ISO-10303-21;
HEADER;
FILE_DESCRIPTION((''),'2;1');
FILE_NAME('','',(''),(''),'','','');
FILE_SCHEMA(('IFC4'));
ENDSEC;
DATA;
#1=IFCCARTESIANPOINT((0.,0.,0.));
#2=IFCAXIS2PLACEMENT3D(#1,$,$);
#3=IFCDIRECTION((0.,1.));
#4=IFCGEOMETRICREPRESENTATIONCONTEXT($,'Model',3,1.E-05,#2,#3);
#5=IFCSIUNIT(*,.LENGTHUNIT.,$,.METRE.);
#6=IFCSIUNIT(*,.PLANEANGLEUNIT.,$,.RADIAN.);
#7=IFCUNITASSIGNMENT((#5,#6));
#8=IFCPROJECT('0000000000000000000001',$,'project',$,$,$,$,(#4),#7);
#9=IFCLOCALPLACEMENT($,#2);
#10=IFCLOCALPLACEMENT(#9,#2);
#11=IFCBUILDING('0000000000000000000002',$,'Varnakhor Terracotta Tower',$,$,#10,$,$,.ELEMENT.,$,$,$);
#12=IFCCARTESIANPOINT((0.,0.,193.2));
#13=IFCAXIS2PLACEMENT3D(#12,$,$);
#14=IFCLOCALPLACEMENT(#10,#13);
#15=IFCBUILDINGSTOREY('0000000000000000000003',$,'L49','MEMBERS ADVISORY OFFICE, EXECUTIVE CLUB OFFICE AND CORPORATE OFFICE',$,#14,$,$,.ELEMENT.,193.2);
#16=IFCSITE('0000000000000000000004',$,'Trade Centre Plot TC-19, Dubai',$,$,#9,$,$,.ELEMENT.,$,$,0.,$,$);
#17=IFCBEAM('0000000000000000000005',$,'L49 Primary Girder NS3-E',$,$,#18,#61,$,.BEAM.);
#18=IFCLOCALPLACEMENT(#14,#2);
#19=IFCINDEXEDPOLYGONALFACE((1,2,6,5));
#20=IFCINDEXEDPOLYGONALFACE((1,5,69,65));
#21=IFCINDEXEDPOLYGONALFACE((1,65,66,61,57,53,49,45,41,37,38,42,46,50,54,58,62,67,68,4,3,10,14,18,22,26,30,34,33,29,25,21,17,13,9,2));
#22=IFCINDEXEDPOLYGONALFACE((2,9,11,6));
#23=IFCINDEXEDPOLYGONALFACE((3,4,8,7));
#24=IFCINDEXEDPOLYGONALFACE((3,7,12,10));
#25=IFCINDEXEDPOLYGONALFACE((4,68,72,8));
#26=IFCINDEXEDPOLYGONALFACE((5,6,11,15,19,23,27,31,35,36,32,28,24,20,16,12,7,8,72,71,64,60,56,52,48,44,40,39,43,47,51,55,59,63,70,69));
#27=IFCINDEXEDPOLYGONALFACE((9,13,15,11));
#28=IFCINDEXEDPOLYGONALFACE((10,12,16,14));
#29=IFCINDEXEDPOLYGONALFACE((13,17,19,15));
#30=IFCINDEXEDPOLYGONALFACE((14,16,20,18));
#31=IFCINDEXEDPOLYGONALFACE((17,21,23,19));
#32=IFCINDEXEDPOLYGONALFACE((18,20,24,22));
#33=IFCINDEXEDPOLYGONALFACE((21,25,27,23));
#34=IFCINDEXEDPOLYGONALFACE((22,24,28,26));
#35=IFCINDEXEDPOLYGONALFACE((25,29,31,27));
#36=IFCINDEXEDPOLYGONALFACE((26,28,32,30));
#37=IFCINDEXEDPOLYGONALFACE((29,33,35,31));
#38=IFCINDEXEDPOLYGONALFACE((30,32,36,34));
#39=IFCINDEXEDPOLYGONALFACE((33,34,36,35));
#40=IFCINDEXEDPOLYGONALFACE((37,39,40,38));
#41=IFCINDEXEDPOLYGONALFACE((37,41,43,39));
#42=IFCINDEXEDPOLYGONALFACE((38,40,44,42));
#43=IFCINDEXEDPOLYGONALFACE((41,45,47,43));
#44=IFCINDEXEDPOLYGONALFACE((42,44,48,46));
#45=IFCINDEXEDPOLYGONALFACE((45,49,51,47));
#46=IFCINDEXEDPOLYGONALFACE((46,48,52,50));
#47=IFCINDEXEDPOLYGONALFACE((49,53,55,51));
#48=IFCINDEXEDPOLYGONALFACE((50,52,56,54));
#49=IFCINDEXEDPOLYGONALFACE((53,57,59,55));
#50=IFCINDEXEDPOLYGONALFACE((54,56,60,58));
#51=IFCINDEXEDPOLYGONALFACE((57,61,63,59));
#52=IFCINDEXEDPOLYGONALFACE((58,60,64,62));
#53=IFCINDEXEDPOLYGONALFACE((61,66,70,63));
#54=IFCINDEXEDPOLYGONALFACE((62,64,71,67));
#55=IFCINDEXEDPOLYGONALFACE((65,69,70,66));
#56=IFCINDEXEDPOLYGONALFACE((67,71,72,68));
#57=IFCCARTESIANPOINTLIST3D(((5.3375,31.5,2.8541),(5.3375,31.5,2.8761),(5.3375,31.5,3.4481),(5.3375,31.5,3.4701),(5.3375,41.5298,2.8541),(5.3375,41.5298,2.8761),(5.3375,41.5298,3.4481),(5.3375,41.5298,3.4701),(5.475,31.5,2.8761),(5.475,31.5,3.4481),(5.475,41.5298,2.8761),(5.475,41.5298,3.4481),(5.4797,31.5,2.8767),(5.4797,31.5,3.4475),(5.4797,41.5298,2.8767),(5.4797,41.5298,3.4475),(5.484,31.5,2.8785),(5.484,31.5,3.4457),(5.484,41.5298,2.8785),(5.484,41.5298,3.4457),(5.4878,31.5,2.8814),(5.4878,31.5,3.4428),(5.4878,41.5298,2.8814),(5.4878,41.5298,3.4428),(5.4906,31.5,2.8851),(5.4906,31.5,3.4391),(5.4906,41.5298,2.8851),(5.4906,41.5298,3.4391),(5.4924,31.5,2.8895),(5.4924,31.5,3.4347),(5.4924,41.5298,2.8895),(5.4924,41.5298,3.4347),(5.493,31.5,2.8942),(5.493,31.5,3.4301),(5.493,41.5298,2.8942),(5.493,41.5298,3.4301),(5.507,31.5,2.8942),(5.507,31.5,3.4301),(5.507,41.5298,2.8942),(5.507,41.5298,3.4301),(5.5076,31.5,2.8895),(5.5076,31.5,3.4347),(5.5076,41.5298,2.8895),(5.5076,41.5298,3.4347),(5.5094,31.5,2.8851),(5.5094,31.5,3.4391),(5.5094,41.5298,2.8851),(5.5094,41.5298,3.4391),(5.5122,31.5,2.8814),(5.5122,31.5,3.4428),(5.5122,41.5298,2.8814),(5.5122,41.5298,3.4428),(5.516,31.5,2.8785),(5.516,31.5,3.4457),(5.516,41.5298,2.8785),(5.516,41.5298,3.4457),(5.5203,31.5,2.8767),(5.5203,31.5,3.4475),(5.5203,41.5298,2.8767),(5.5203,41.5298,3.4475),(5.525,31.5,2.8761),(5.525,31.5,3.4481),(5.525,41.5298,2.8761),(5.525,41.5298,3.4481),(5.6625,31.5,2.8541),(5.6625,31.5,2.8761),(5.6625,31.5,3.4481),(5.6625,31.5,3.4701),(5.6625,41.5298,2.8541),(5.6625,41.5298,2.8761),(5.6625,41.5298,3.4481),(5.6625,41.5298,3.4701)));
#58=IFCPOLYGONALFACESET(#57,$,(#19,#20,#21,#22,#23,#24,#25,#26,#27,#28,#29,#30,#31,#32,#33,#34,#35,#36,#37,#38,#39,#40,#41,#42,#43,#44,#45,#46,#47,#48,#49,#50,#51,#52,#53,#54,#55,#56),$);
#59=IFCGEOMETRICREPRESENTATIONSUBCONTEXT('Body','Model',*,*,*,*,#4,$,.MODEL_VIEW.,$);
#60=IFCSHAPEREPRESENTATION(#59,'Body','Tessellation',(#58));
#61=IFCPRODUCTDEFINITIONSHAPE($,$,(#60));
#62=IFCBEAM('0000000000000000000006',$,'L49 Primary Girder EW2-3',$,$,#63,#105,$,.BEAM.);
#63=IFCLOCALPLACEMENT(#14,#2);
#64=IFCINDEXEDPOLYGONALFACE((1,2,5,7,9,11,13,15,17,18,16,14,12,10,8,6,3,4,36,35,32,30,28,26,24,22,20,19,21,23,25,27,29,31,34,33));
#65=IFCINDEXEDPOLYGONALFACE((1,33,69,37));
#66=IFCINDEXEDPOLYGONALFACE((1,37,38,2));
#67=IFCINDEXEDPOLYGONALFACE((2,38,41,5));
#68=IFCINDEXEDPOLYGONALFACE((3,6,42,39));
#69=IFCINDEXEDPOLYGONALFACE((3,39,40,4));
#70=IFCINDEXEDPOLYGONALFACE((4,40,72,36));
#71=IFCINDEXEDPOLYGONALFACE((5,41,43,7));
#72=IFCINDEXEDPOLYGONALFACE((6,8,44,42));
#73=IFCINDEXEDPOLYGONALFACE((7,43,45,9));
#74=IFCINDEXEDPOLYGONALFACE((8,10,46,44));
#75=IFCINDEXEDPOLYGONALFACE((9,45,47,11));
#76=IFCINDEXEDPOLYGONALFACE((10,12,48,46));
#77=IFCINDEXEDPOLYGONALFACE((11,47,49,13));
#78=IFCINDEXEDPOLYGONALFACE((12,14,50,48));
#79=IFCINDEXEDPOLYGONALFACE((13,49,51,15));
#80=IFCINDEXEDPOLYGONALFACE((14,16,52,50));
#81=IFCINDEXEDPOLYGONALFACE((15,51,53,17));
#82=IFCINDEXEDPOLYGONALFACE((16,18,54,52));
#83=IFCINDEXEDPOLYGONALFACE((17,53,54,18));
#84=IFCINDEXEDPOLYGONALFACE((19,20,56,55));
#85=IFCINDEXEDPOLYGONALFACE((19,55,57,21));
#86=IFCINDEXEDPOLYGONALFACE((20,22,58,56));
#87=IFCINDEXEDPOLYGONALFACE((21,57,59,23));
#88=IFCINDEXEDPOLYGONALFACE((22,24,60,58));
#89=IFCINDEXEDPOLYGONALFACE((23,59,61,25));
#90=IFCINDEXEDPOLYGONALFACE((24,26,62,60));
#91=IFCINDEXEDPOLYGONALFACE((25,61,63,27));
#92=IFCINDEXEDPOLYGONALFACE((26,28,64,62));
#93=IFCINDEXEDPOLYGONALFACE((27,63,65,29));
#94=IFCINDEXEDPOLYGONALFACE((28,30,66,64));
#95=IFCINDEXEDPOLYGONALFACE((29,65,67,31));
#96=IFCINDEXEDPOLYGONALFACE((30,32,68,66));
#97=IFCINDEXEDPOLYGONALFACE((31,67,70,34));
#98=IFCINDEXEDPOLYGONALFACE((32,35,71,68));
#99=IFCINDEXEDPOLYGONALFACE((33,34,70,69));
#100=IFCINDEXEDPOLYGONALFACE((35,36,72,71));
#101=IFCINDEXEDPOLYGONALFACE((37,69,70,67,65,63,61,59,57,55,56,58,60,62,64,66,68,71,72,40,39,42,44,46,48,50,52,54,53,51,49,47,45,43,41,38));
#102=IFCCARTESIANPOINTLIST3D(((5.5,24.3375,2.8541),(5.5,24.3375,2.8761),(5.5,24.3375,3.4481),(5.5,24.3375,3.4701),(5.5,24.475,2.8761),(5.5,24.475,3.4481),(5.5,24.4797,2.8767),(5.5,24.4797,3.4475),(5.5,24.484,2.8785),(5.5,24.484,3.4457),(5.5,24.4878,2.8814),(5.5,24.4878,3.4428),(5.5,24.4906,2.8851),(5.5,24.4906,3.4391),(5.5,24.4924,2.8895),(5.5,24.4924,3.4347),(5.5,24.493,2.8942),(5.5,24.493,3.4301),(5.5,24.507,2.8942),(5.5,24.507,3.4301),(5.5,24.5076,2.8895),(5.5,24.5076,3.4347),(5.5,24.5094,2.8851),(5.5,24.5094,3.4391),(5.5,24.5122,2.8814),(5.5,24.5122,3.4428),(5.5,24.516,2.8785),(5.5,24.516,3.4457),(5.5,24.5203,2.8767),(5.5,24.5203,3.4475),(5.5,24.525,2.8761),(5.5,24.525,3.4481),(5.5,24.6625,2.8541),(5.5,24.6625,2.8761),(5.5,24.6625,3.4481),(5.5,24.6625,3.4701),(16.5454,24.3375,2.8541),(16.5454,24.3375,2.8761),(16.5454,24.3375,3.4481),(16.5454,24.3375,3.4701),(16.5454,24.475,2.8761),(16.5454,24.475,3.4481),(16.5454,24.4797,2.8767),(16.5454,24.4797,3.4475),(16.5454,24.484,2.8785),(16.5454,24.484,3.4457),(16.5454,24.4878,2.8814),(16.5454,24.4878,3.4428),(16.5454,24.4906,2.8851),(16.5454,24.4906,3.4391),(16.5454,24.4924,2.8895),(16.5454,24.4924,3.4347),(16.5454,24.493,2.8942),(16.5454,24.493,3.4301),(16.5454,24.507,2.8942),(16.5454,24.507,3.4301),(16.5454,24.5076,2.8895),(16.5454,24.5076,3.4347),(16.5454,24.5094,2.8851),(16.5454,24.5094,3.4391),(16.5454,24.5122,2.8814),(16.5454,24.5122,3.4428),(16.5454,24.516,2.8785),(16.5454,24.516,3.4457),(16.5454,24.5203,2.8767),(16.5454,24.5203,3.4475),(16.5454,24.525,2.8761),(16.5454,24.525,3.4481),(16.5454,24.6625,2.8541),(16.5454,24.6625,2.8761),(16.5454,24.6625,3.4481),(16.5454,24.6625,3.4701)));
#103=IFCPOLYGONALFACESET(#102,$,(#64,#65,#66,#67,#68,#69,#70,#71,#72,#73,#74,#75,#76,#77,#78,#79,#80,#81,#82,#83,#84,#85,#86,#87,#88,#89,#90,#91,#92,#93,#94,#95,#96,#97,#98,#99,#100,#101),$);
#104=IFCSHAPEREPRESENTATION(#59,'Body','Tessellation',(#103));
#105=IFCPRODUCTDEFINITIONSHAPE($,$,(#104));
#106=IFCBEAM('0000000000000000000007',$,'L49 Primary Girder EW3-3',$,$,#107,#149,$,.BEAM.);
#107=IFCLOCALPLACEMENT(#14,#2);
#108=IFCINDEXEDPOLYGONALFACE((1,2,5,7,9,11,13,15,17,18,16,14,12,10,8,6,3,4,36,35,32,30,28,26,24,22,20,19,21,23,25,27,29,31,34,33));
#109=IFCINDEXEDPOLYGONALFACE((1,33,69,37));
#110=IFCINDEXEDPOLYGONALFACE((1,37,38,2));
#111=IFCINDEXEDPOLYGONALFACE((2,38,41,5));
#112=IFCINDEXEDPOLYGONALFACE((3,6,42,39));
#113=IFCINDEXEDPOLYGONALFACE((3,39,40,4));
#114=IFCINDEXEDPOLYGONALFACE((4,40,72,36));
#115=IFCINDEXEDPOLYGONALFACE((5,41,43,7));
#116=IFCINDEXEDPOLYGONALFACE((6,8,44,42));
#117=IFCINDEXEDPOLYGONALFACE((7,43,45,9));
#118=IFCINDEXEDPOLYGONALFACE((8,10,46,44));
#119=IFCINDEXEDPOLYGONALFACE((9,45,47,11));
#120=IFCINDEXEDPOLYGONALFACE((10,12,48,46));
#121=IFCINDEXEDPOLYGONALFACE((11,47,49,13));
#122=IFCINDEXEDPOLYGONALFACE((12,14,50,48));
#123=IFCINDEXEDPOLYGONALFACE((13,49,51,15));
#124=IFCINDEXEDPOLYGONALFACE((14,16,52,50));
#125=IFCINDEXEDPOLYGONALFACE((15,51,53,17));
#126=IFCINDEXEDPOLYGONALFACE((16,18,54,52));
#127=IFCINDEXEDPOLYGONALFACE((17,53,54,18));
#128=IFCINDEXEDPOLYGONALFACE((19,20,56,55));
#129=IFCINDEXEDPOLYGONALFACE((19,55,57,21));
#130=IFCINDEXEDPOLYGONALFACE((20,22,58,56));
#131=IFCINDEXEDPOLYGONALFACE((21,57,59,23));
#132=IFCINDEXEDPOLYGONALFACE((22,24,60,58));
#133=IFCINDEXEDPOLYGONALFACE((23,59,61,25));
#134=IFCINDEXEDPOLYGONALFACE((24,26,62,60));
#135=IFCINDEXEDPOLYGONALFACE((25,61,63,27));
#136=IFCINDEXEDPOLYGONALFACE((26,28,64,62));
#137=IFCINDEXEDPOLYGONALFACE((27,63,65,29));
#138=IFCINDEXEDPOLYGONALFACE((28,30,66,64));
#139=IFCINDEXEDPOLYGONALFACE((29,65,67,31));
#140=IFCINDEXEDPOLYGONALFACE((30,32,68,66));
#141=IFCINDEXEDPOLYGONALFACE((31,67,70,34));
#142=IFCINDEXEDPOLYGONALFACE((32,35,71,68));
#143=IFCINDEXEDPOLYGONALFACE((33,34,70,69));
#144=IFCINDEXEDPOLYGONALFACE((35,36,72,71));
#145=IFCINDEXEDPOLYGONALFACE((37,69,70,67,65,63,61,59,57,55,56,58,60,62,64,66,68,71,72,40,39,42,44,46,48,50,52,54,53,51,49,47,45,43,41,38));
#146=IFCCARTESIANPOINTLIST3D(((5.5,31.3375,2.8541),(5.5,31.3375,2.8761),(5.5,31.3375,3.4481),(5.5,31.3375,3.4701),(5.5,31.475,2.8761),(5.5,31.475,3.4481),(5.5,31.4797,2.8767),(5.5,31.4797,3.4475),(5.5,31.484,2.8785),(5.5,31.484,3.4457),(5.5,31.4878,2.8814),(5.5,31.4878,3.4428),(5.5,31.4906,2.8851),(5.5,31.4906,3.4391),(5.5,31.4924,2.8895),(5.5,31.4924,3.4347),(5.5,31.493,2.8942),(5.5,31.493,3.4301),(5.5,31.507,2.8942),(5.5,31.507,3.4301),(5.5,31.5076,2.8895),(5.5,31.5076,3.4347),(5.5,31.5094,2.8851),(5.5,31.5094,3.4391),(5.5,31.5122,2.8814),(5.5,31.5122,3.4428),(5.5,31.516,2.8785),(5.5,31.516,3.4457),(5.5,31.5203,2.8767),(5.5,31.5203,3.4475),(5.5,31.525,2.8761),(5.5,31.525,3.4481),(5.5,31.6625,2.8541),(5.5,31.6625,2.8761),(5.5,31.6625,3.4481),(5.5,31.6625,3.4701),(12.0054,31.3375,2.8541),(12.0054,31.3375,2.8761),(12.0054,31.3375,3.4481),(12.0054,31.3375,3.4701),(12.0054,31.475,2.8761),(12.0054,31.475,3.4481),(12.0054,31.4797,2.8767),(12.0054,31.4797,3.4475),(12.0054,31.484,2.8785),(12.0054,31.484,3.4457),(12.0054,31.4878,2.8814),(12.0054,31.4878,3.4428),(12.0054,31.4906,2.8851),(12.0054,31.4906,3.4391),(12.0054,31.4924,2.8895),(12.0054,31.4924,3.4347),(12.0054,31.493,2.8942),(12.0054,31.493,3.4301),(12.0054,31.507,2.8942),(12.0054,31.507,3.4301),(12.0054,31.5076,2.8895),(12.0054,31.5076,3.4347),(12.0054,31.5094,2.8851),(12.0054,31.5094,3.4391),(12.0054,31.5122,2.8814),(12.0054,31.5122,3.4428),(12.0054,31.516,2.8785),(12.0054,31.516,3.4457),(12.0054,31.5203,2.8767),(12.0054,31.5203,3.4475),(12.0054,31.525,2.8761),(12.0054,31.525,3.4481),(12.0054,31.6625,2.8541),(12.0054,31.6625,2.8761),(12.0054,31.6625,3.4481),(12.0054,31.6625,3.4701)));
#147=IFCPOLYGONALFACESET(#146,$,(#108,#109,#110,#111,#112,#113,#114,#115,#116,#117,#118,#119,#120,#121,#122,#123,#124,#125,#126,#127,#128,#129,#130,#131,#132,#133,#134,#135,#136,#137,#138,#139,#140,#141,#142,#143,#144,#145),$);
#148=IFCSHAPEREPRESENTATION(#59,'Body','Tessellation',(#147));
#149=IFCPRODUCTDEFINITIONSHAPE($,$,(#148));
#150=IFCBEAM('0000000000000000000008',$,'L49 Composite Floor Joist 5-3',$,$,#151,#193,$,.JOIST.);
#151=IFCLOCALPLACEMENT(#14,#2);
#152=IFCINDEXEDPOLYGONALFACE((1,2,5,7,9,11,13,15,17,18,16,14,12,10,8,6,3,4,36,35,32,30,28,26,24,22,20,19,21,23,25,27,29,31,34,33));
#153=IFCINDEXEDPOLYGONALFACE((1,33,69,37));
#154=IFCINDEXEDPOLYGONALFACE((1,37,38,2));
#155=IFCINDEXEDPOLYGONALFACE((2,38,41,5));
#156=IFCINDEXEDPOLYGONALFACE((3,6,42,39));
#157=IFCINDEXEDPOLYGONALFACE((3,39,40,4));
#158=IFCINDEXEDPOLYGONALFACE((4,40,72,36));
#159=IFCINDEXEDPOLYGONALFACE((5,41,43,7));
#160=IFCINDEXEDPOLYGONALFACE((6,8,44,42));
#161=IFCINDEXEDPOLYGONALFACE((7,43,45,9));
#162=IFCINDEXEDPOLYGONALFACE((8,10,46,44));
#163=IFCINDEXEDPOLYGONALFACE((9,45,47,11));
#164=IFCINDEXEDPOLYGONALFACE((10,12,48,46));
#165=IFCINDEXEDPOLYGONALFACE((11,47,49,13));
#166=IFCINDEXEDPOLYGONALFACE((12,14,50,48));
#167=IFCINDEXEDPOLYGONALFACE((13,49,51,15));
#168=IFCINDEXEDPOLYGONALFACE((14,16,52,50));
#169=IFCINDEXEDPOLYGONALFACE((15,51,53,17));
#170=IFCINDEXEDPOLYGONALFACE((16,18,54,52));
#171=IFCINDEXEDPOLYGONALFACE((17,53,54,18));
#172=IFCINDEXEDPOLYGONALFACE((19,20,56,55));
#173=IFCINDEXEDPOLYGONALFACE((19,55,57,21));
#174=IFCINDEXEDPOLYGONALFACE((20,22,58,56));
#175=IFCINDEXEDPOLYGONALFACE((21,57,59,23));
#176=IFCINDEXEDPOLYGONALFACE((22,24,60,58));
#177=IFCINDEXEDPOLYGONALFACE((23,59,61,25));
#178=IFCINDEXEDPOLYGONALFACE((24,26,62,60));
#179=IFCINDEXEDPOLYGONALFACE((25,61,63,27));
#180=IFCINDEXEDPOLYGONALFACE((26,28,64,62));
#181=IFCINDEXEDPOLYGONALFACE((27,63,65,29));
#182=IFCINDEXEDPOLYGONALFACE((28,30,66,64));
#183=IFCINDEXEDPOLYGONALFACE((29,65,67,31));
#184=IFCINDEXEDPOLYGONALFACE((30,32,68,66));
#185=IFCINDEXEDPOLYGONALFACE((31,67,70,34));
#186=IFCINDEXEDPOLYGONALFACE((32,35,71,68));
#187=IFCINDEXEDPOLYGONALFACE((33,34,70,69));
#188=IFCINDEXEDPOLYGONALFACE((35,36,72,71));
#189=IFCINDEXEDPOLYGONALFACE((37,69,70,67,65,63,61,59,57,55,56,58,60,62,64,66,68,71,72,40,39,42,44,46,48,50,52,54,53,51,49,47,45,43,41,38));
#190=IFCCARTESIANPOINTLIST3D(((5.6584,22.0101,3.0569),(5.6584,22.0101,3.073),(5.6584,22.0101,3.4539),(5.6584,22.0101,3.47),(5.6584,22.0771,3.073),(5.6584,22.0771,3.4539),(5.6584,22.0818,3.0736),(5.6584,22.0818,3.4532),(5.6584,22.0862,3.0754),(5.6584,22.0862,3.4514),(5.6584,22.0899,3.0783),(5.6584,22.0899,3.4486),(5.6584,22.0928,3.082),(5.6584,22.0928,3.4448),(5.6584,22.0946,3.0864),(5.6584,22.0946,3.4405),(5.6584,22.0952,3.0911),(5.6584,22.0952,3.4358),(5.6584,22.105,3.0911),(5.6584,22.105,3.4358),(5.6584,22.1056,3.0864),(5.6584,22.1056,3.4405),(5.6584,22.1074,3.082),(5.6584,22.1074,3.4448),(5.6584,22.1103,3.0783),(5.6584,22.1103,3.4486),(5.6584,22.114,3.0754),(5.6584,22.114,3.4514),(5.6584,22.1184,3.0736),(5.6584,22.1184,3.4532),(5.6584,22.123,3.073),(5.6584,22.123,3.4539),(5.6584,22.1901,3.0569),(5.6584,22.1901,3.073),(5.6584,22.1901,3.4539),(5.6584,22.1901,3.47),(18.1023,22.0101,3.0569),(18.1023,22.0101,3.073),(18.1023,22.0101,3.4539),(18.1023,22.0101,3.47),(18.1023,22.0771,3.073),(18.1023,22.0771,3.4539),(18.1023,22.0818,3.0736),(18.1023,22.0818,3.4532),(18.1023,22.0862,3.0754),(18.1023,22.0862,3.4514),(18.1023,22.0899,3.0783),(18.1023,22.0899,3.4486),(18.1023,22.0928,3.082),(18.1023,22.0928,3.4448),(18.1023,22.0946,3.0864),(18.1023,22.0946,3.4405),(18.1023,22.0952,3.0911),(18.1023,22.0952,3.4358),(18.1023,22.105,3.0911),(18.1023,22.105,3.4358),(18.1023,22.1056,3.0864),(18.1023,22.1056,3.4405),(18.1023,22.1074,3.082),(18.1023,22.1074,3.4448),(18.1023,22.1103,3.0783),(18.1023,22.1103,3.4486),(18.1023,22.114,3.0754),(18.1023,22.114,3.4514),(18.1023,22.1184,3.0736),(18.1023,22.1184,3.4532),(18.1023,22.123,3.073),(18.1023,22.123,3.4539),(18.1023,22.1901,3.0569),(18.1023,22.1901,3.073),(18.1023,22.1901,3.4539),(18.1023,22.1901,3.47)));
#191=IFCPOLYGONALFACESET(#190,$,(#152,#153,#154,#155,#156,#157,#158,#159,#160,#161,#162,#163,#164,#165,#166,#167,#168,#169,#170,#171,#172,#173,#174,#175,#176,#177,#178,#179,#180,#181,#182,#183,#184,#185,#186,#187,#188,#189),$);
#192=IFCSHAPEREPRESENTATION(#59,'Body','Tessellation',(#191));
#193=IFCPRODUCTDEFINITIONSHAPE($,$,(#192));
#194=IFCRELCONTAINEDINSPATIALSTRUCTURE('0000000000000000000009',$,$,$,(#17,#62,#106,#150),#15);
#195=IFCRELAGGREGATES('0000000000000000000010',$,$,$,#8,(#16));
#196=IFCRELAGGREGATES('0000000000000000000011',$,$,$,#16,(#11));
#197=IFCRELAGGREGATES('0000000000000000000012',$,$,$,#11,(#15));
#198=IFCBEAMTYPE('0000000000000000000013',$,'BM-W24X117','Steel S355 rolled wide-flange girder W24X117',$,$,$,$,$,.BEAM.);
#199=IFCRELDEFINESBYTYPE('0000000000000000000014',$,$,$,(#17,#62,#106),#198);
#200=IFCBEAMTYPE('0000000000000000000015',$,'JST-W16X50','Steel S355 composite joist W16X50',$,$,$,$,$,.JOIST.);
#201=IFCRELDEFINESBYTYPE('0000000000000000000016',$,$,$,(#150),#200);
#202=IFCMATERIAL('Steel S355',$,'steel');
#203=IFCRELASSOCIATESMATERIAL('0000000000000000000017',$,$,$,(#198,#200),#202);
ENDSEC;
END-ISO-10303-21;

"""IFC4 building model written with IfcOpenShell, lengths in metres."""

from ifc_helpers import new_model, si_unit, direction, frame, origin, origin_2d, place, context, subcontext, project, spatial, i_section, extrude, source, transform, mapped, material, material_profile, profile_set, type_object, element, save


model = new_model("IFC4")

# Units and contexts
model_context = context("Model", 3, precision=1e-05, world=origin(), true_north=direction((0.0, 1.0)))
body_context = subcontext(model_context, "Body", "Model", "MODEL_VIEW")
ifc_project = project(units=[si_unit("LENGTHUNIT", "METRE"), si_unit("PLANEANGLEUNIT", "RADIAN")], contexts=[model_context])

# Site, building, storey
site_placement = place(None, origin())
site = spatial("IfcSite", under=ifc_project, at=site_placement, Name="Trade Centre Plot TC-19, Dubai", CompositionType="ELEMENT", RefElevation=0.0)
building_placement = place(site_placement, origin())
building = spatial("IfcBuilding", under=site, at=building_placement, Name="Varnakhor Terracotta Tower", CompositionType="ELEMENT")
storey_placement = place(building_placement, frame((0.0, 0.0, 193.2)))
storey = spatial("IfcBuildingStorey", under=building, at=storey_placement, Name="L49", Description="MEMBERS ADVISORY OFFICE, EXECUTIVE CLUB OFFICE AND CORPORATE OFFICE", CompositionType="ELEMENT", Elevation=193.2)

# Beams
ifc_material_1 = material(Name="Steel S355", Category="steel")
ifc_material_profile_1 = material_profile(ifc_material_1, i_section(OverallWidth=0.325, OverallDepth=0.616, WebThickness=0.0139, FlangeThickness=0.022, FilletRadius=0.0181, at=origin_2d()), Name="W24X117")
ifc_profile_set_1 = profile_set([ifc_material_profile_1], Name="Steel S355")
beam_type_1 = type_object("IfcBeamType", Name="BM-W24X117", Description="Steel S355 rolled wide-flange girder W24X117", PredefinedType="BEAM", material=ifc_profile_set_1)
shared_shape_1 = source(origin(), body_context, "Body", "SweptSolid", [
    extrude(i_section(OverallWidth=0.325, OverallDepth=0.616, WebThickness=0.0139, FlangeThickness=0.022, FilletRadius=0.0181, at=origin_2d()), origin(), (0.0, 0.0, 1.0), 10.0298),
])
beam_1_placement = place(storey_placement, frame((5.5, 31.5, 3.1621), z_axis=(0.0, 1.0, 0.0), x_axis=(-1.0, 0.0, 0.0)))
element("IfcBeam", 1, at=beam_1_placement, inside=storey, type_object=beam_type_1, Name="L49 Primary Girder NS3-E", PredefinedType="BEAM", context=body_context, shape_type="MappedRepresentation", body=[
    mapped(shared_shape_1, transform((0.0, 0.0, 0.0), scale=1.0)),
])
shared_shape_2 = source(origin(), body_context, "Body", "SweptSolid", [
    extrude(i_section(OverallWidth=0.325, OverallDepth=0.616, WebThickness=0.0139, FlangeThickness=0.022, FilletRadius=0.0181, at=origin_2d()), origin(), (0.0, 0.0, 1.0), 11.0454),
])
beam_2_placement = place(storey_placement, frame((5.5, 24.5, 3.1621), z_axis=(1.0, 0.0, 0.0), x_axis=(0.0, 1.0, 0.0)))
element("IfcBeam", 2, at=beam_2_placement, inside=storey, type_object=beam_type_1, Name="L49 Primary Girder EW2-3", PredefinedType="BEAM", context=body_context, shape_type="MappedRepresentation", body=[
    mapped(shared_shape_2, transform((0.0, 0.0, 0.0), scale=1.0)),
])
shared_shape_3 = source(origin(), body_context, "Body", "SweptSolid", [
    extrude(i_section(OverallWidth=0.325, OverallDepth=0.616, WebThickness=0.0139, FlangeThickness=0.022, FilletRadius=0.0181, at=origin_2d()), origin(), (0.0, 0.0, 1.0), 6.5054),
])
beam_3_placement = place(storey_placement, frame((5.5, 31.5, 3.1621), z_axis=(1.0, 0.0, 0.0), x_axis=(0.0, 1.0, 0.0)))
element("IfcBeam", 3, at=beam_3_placement, inside=storey, type_object=beam_type_1, Name="L49 Primary Girder EW3-3", PredefinedType="BEAM", context=body_context, shape_type="MappedRepresentation", body=[
    mapped(shared_shape_3, transform((0.0, 0.0, 0.0), scale=1.0)),
])
ifc_material_profile_2 = material_profile(ifc_material_1, i_section(OverallWidth=0.1799, OverallDepth=0.4131, WebThickness=0.0098, FlangeThickness=0.0161, FilletRadius=0.0181, at=origin_2d()), Name="W16X50")
ifc_profile_set_2 = profile_set([ifc_material_profile_2], Name="Steel S355")
beam_type_2 = type_object("IfcBeamType", Name="JST-W16X50", Description="Steel S355 composite joist W16X50", PredefinedType="JOIST", material=ifc_profile_set_2)
shared_shape_4 = source(origin(), body_context, "Body", "SweptSolid", [
    extrude(i_section(OverallWidth=0.1799, OverallDepth=0.4131, WebThickness=0.0098, FlangeThickness=0.0161, FilletRadius=0.0181, at=origin_2d()), origin(), (0.0, 0.0, 1.0), 12.4438),
])
beam_4_placement = place(storey_placement, frame((5.6584, 22.1001, 3.2634), z_axis=(1.0, 0.0, 0.0), x_axis=(0.0, 1.0, 0.0)))
element("IfcBeam", 4, at=beam_4_placement, inside=storey, type_object=beam_type_2, Name="L49 Composite Floor Joist 5-3", PredefinedType="JOIST", context=body_context, shape_type="MappedRepresentation", body=[
    mapped(shared_shape_4, transform((0.0, 0.0, 0.0), scale=1.0)),
])

save(model, "model.ifc")
